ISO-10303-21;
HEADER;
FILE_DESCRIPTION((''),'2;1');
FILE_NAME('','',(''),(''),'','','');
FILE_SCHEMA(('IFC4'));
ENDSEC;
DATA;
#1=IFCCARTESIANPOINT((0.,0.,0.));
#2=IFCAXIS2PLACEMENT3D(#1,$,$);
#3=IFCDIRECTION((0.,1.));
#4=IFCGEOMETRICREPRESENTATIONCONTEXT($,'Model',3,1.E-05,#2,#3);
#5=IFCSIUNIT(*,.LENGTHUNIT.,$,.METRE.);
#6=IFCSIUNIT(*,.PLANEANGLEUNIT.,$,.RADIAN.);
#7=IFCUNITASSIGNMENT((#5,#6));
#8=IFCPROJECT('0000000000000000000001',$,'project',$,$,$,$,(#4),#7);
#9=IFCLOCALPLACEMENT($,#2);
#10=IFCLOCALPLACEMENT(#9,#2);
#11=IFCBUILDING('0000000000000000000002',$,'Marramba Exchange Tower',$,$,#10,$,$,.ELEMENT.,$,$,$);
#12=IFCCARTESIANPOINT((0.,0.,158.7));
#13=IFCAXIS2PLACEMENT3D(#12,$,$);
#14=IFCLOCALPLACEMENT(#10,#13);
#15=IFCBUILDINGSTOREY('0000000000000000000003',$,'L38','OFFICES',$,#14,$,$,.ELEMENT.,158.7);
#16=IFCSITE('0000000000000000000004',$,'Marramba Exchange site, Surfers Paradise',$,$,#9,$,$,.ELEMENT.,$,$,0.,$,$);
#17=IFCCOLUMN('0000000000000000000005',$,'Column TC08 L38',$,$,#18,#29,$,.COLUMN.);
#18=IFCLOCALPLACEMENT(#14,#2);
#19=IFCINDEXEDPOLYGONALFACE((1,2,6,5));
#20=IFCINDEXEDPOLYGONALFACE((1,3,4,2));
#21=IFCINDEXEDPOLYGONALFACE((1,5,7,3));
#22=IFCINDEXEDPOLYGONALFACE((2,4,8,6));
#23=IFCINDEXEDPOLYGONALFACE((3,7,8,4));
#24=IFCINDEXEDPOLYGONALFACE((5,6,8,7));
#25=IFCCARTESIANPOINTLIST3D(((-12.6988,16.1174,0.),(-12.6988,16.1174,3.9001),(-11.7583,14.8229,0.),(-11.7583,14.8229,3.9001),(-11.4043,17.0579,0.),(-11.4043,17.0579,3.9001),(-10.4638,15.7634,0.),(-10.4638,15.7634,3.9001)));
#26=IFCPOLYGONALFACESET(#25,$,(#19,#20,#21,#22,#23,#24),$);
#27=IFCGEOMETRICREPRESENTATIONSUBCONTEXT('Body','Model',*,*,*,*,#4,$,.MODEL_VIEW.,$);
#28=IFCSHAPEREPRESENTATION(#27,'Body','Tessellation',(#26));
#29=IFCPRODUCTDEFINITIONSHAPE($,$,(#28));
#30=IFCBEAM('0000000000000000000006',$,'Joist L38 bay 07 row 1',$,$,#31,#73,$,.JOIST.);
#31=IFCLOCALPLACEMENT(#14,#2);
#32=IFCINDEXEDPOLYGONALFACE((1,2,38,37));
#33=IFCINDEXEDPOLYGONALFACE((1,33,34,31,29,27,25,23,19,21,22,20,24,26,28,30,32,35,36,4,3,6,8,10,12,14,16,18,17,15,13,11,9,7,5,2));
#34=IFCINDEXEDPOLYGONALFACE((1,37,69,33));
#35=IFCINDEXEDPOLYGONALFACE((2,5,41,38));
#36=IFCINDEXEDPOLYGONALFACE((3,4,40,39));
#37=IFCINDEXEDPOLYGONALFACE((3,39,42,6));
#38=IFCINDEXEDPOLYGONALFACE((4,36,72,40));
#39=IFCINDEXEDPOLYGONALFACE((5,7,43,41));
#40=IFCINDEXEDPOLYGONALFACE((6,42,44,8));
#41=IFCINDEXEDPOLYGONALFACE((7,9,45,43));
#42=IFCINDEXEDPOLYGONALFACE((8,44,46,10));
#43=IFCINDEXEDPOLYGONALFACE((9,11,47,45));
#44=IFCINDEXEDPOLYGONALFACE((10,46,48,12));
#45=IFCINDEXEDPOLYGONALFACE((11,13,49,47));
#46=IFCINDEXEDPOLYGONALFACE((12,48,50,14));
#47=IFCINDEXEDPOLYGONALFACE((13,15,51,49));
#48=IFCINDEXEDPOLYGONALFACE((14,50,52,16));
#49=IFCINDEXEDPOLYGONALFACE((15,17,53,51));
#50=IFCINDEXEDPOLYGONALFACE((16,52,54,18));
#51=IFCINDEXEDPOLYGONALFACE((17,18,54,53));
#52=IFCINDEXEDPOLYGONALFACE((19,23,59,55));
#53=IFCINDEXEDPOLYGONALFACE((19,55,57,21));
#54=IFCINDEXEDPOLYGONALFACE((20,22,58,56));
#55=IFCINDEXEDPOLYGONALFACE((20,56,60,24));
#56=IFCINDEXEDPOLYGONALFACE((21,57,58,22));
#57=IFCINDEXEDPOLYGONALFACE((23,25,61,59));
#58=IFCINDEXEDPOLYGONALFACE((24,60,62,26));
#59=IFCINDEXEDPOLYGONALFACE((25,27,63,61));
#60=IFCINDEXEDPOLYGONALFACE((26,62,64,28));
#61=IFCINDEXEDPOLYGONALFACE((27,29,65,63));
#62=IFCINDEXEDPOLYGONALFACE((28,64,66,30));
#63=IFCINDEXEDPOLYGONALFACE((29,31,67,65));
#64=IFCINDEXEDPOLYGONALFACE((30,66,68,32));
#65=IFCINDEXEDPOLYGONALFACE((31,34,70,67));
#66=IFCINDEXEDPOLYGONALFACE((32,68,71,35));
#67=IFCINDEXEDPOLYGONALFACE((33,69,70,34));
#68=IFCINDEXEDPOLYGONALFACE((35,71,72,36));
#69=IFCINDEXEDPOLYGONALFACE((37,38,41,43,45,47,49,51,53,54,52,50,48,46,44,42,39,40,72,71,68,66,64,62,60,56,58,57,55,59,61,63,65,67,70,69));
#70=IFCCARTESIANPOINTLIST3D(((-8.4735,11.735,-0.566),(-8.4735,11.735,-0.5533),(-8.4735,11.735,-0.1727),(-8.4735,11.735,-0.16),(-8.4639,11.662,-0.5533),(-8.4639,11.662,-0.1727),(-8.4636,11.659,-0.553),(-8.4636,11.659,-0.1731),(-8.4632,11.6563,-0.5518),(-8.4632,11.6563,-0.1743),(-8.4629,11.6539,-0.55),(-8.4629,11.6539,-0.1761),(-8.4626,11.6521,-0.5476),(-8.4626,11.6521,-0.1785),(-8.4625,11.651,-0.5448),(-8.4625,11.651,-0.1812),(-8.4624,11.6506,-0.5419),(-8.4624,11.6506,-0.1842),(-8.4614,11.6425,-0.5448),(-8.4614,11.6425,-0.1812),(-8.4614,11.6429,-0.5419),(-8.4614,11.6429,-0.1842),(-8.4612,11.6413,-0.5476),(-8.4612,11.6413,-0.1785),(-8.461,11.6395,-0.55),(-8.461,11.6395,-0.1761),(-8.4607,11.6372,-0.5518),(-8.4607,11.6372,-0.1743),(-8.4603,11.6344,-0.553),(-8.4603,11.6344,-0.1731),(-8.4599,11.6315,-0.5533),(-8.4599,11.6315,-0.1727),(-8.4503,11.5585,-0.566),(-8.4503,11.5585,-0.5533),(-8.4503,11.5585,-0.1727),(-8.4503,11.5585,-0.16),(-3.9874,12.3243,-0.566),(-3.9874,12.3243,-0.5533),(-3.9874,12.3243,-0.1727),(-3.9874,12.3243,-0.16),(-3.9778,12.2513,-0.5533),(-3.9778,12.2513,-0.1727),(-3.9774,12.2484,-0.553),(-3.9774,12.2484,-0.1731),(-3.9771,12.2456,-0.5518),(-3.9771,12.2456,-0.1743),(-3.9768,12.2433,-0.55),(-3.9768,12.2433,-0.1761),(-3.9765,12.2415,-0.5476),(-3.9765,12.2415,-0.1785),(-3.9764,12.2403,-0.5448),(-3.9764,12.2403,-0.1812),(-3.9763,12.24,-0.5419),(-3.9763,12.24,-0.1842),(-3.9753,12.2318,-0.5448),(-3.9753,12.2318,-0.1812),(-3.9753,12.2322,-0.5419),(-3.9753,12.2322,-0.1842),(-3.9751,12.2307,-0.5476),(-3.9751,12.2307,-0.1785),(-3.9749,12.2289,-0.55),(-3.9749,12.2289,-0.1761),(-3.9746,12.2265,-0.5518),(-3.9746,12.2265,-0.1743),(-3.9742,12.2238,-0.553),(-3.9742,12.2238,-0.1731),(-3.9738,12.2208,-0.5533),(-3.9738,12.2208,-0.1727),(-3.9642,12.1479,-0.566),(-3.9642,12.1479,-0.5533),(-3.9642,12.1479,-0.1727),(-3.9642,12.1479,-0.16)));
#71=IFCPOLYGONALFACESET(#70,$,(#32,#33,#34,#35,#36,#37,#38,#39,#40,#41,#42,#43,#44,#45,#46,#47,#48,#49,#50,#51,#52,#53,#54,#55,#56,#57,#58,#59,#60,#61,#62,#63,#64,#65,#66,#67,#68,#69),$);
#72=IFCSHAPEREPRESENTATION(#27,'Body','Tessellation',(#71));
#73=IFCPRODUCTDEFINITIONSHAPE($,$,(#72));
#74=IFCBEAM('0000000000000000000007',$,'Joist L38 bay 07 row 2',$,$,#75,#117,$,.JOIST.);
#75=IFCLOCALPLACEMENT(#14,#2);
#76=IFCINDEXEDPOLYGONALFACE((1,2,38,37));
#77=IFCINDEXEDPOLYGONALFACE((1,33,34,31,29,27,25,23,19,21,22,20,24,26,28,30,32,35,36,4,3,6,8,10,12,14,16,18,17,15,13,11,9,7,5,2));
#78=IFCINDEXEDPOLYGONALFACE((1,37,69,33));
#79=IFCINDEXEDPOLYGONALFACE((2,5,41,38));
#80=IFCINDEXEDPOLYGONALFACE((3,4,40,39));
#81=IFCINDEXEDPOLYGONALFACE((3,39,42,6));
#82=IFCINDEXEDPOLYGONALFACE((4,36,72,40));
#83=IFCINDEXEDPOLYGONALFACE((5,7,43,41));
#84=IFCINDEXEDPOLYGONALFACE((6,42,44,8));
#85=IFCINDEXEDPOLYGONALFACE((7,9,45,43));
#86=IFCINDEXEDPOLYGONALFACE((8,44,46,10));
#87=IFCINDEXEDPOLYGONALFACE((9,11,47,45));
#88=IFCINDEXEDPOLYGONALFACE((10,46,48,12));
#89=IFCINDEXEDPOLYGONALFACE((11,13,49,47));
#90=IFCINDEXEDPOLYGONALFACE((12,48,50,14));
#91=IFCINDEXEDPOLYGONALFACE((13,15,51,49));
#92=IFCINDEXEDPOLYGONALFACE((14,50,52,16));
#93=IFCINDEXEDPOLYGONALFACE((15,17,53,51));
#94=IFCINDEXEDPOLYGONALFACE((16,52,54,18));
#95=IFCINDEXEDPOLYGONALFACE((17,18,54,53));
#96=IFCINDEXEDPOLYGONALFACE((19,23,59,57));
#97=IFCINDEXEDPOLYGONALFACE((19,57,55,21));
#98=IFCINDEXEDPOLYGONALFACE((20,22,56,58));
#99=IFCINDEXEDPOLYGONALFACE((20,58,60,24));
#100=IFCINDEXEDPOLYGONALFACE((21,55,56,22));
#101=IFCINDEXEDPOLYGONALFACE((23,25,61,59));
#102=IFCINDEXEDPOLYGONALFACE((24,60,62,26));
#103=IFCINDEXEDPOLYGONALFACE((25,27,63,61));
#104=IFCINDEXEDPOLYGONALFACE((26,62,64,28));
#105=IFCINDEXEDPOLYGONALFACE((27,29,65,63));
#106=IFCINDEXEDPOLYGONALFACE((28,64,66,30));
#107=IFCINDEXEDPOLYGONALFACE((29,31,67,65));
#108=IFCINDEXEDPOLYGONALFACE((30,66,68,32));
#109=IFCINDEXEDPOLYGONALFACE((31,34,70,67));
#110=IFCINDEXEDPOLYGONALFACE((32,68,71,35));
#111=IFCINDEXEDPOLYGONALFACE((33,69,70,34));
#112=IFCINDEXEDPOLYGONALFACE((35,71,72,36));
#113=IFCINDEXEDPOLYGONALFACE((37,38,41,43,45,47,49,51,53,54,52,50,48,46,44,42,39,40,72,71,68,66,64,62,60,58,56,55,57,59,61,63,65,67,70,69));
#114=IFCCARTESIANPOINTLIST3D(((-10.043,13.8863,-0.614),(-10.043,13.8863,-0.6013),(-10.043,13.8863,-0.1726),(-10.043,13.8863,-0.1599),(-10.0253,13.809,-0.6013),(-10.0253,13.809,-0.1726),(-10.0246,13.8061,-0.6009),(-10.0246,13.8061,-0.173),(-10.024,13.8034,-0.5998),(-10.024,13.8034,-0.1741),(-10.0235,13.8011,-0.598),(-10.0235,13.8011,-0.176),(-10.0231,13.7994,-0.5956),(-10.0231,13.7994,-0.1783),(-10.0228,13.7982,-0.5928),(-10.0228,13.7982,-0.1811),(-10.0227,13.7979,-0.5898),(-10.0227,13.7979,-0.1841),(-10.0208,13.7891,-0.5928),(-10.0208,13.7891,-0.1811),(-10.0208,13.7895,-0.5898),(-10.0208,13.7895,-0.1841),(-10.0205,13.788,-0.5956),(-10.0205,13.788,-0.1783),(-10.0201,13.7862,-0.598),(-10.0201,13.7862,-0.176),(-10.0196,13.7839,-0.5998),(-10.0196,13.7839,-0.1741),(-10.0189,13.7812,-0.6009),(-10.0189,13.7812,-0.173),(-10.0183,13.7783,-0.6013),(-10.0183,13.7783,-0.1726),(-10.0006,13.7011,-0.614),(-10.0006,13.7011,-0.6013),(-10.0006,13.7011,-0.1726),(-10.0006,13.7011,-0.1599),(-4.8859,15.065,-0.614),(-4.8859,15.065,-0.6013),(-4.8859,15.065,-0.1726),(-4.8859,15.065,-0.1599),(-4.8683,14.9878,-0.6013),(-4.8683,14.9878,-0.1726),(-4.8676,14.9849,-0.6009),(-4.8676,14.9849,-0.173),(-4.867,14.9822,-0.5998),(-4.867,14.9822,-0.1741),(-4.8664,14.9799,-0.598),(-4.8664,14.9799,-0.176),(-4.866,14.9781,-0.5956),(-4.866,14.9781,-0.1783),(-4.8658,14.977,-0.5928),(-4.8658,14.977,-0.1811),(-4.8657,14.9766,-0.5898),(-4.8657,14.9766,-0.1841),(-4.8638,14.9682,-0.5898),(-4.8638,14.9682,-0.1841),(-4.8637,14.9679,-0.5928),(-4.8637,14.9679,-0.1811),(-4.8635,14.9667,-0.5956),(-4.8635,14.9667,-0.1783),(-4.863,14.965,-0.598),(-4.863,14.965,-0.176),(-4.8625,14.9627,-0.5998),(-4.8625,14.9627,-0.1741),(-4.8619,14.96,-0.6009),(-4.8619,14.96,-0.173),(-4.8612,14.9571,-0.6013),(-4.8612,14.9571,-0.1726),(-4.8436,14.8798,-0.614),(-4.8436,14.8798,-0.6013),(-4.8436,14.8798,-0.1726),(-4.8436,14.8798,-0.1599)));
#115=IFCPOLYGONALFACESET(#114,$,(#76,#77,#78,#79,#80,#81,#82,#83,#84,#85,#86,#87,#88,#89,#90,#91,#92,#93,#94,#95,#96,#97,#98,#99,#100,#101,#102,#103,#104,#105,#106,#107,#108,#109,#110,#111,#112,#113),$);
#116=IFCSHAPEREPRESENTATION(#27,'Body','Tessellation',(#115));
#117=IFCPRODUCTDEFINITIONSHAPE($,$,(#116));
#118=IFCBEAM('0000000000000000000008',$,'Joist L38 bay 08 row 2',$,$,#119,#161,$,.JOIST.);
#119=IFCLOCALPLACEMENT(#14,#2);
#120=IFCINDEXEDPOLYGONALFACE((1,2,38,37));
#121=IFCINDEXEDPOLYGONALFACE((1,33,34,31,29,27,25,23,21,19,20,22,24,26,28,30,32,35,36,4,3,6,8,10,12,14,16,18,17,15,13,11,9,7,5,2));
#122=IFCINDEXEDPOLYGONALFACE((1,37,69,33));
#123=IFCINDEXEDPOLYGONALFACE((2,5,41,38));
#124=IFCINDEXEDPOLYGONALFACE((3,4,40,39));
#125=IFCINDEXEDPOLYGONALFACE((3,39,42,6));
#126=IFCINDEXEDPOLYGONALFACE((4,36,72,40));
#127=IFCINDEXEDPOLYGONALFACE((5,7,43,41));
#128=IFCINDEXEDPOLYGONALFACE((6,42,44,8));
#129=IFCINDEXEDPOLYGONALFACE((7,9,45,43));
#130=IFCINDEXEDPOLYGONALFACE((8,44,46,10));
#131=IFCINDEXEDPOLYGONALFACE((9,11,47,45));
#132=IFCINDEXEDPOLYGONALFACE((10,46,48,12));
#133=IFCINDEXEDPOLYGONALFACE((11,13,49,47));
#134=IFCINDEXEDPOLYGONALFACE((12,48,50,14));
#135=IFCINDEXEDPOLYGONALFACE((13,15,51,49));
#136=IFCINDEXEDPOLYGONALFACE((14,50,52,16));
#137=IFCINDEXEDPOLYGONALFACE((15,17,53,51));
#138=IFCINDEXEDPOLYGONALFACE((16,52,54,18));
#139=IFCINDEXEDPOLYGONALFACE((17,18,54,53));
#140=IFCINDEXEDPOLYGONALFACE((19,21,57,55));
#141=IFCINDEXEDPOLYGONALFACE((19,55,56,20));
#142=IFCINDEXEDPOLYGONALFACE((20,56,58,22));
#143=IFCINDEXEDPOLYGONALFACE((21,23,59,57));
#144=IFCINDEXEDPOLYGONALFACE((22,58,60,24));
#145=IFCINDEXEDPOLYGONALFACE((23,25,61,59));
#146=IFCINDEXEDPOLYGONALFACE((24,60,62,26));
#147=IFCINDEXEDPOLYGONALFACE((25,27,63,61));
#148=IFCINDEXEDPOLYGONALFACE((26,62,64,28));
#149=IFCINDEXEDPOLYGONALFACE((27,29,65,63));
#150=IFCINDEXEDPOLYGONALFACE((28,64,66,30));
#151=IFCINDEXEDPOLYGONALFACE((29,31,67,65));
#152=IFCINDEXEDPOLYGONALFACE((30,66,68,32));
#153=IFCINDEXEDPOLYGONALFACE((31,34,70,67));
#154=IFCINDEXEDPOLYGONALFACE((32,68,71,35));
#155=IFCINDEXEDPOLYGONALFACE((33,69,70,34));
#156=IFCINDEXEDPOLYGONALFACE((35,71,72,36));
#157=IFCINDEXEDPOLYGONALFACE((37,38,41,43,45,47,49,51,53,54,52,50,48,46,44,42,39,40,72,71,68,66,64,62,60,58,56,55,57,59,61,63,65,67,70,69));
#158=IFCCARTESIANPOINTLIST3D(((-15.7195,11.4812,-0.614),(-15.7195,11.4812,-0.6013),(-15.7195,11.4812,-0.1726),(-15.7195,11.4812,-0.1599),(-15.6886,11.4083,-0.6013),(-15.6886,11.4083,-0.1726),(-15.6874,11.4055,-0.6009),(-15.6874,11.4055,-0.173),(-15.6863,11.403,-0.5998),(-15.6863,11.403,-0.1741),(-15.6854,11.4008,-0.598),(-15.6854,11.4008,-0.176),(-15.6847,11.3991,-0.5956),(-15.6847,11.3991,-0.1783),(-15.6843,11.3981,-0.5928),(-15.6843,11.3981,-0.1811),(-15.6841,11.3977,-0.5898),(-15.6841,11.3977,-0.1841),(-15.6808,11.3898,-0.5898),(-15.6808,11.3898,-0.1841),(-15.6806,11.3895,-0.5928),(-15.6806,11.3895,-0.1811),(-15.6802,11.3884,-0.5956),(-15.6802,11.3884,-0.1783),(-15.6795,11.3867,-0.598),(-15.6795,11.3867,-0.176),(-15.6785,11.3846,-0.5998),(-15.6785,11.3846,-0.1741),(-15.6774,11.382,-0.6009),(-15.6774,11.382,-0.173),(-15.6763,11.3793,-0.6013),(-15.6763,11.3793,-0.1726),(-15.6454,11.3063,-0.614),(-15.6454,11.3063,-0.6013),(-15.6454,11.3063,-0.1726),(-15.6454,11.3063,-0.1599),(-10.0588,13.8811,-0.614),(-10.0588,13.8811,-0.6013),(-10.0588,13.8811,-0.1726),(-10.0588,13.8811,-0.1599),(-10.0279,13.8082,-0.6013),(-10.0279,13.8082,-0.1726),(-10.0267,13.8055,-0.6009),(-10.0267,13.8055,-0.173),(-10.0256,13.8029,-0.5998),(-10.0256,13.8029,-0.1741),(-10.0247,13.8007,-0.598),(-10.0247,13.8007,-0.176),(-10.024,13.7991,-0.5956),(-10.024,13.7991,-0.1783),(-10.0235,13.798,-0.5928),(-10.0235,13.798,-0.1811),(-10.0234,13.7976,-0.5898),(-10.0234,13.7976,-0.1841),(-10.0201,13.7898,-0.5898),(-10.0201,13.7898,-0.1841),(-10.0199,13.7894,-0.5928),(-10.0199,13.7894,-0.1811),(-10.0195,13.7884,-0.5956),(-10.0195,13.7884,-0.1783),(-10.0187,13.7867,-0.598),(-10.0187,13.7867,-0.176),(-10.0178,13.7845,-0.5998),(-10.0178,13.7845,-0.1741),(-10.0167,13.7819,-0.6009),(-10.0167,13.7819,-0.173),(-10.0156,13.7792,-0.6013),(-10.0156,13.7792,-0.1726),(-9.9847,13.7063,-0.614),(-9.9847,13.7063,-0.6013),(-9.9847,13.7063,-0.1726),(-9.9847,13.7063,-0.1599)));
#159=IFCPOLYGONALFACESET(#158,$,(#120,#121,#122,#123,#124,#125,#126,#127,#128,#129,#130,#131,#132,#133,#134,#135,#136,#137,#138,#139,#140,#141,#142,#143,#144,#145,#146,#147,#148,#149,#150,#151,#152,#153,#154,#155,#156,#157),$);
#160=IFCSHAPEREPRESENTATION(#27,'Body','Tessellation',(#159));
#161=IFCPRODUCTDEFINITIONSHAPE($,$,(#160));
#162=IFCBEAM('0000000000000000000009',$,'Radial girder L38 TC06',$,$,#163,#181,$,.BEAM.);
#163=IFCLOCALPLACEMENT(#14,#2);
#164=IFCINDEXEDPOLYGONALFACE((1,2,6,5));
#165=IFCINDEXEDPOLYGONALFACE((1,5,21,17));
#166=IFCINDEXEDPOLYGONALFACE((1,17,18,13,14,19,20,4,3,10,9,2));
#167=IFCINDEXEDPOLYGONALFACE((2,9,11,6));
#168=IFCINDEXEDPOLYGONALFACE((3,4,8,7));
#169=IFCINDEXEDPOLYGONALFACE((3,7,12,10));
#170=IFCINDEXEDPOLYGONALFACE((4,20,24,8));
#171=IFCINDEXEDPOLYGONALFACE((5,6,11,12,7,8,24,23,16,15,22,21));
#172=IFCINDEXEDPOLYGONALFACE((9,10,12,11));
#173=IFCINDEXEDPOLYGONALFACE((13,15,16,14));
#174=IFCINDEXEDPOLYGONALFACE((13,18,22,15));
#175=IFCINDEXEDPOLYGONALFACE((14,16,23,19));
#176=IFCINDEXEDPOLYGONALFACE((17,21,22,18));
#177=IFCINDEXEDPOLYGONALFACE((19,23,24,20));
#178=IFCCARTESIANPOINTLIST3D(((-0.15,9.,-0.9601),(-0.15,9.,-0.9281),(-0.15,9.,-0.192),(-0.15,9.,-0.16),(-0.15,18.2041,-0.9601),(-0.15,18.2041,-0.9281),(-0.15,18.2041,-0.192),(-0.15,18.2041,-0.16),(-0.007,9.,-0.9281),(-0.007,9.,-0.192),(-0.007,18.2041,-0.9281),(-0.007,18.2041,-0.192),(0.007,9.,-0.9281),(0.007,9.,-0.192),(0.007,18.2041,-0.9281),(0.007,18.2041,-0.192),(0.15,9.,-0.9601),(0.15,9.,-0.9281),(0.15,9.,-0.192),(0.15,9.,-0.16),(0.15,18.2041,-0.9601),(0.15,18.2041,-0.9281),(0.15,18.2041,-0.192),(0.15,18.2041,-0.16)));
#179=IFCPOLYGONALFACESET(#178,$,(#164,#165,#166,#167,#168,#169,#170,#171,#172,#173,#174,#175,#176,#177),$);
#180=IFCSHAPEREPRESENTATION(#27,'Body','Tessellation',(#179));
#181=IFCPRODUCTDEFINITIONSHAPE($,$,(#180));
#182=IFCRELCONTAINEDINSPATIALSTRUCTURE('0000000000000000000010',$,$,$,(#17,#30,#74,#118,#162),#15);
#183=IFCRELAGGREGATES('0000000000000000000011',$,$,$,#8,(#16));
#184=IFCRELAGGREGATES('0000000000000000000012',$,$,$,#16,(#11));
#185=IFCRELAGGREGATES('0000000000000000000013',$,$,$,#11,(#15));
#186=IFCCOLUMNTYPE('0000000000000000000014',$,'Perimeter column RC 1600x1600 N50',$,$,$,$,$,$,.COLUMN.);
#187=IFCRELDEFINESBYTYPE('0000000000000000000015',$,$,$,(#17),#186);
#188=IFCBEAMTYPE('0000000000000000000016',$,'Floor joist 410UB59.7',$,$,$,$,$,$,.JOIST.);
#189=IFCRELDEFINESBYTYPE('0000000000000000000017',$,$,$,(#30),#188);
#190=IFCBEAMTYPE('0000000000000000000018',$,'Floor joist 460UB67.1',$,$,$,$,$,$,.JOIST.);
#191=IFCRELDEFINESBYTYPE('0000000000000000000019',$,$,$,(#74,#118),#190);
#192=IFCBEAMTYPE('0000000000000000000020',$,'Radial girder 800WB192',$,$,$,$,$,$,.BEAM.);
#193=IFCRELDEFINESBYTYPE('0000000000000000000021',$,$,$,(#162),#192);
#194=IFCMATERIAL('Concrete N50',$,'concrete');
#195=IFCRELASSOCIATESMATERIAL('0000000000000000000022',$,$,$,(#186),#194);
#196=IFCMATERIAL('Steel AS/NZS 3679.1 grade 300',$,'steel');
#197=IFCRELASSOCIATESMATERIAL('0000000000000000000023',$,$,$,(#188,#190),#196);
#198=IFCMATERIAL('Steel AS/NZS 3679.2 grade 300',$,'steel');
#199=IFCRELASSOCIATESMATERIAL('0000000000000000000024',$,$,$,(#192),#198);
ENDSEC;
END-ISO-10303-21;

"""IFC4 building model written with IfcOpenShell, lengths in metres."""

from ifc_helpers import new_model, si_unit, direction, frame, origin, origin_2d, place, context, subcontext, project, spatial, rectangle, i_section, extrude, material, material_profile, profile_set, type_object, element, save


model = new_model("IFC4")

# Units and contexts
model_context = context("Model", 3, precision=1e-05, world=origin(), true_north=direction((0.0, 1.0)))
body_context = subcontext(model_context, "Body", "Model", "MODEL_VIEW")
ifc_project = project(units=[si_unit("LENGTHUNIT", "METRE"), si_unit("PLANEANGLEUNIT", "RADIAN")], contexts=[model_context])

# Site, building, storey
site_placement = place(None, origin())
site = spatial("IfcSite", under=ifc_project, at=site_placement, Name="Marramba Exchange site, Surfers Paradise", CompositionType="ELEMENT", RefElevation=0.0)
building_placement = place(site_placement, origin())
building = spatial("IfcBuilding", under=site, at=building_placement, Name="Marramba Exchange Tower", CompositionType="ELEMENT")
storey_placement = place(building_placement, frame((0.0, 0.0, 158.7)))
storey = spatial("IfcBuildingStorey", under=building, at=storey_placement, Name="L38", Description="OFFICES", CompositionType="ELEMENT", Elevation=158.7)

# Column
ifc_material_1 = material(Name="Concrete N50", Category="concrete")
ifc_material_profile_1 = material_profile(ifc_material_1, rectangle(XDim=1.6001, YDim=1.6001, at=origin_2d()), Name="RC 1600x1600")
ifc_profile_set_1 = profile_set([ifc_material_profile_1], Name="Concrete N50")
column_type = type_object("IfcColumnType", Name="Perimeter column RC 1600x1600 N50", PredefinedType="COLUMN", material=ifc_profile_set_1)
column_placement = place(storey_placement, frame((-11.5813, 15.9404, 0.0), z_axis=(0.0, 0.0, 1.0), x_axis=(-0.587785, 0.809017, 0.0)))
element("IfcColumn", 1, at=column_placement, inside=storey, type_object=column_type, Name="Column TC08 L38", PredefinedType="COLUMN", context=body_context, shape_type="SweptSolid", body=[
    extrude(rectangle(XDim=1.6001, YDim=1.6001, at=origin_2d()), origin(), (0.0, 0.0, 1.0), 3.9001),
])

# Beams
ifc_material_2 = material(Name="Steel AS/NZS 3679.1 grade 300", Category="steel")
ifc_material_profile_2 = material_profile(ifc_material_2, i_section(OverallWidth=0.178, OverallDepth=0.406, WebThickness=0.0078, FlangeThickness=0.0127, FilletRadius=0.0115, at=origin_2d()), Name="410UB59.7")
ifc_profile_set_2 = profile_set([ifc_material_profile_2], Name="Steel AS/NZS 3679.1 grade 300")
beam_type_1 = type_object("IfcBeamType", Name="Floor joist 410UB59.7", PredefinedType="JOIST", material=ifc_profile_set_2)
beam_1_placement = place(storey_placement, frame((-3.9758, 12.2361, -0.363), z_axis=(-0.991481, -0.130255, 0.0), x_axis=(0.130255, -0.991481, 0.0)))
element("IfcBeam", 2, at=beam_1_placement, inside=storey, type_object=beam_type_1, Name="Joist L38 bay 07 row 1", PredefinedType="JOIST", context=body_context, shape_type="SweptSolid", body=[
    extrude(i_section(OverallWidth=0.178, OverallDepth=0.406, WebThickness=0.0078, FlangeThickness=0.0127, FilletRadius=0.0115, at=origin_2d()), origin(), (0.0, 0.0, 1.0), 4.5247),
])
ifc_material_profile_3 = material_profile(ifc_material_2, i_section(OverallWidth=0.1899, OverallDepth=0.4541, WebThickness=0.0085, FlangeThickness=0.0127, FilletRadius=0.0115, at=origin_2d()), Name="460UB67.1")
ifc_profile_set_3 = profile_set([ifc_material_profile_3], Name="Steel AS/NZS 3679.1 grade 300")
beam_type_2 = type_object("IfcBeamType", Name="Floor joist 460UB67.1", PredefinedType="JOIST", material=ifc_profile_set_3)
beam_2_placement = place(storey_placement, frame((-4.8647, 14.9724, -0.387), z_axis=(-0.97486, -0.22282, 0.0), x_axis=(0.22282, -0.97486, 0.0)))
element("IfcBeam", 3, at=beam_2_placement, inside=storey, type_object=beam_type_2, Name="Joist L38 bay 07 row 2", PredefinedType="JOIST", context=body_context, shape_type="SweptSolid", body=[
    extrude(i_section(OverallWidth=0.1899, OverallDepth=0.4541, WebThickness=0.0085, FlangeThickness=0.0127, FilletRadius=0.0115, at=origin_2d()), origin(), (0.0, 0.0, 1.0), 5.29),
])
beam_3_placement = place(storey_placement, frame((-10.0217, 13.7937, -0.387), z_axis=(-0.920674, -0.390332, 0.0), x_axis=(0.390332, -0.920674, 0.0)))
element("IfcBeam", 4, at=beam_3_placement, inside=storey, type_object=beam_type_2, Name="Joist L38 bay 08 row 2", PredefinedType="JOIST", context=body_context, shape_type="SweptSolid", body=[
    extrude(i_section(OverallWidth=0.1899, OverallDepth=0.4541, WebThickness=0.0085, FlangeThickness=0.0127, FilletRadius=0.0115, at=origin_2d()), origin(), (0.0, 0.0, 1.0), 6.1484),
])
ifc_material_3 = material(Name="Steel AS/NZS 3679.2 grade 300", Category="steel")
ifc_material_profile_4 = material_profile(ifc_material_3, i_section(OverallWidth=0.3, OverallDepth=0.8, WebThickness=0.0139, FlangeThickness=0.032, at=origin_2d()), Name="800WB192")
ifc_profile_set_4 = profile_set([ifc_material_profile_4], Name="Steel AS/NZS 3679.2 grade 300")
beam_type_3 = type_object("IfcBeamType", Name="Radial girder 800WB192", PredefinedType="BEAM", material=ifc_profile_set_4)
beam_4_placement = place(storey_placement, frame((0.0, 9.0, -0.5601), z_axis=(0.0, 1.0, 0.0), x_axis=(-1.0, 0.0, 0.0)))
element("IfcBeam", 5, at=beam_4_placement, inside=storey, type_object=beam_type_3, Name="Radial girder L38 TC06", PredefinedType="BEAM", context=body_context, shape_type="SweptSolid", body=[
    extrude(i_section(OverallWidth=0.3, OverallDepth=0.8, WebThickness=0.0139, FlangeThickness=0.032, at=origin_2d()), origin(), (0.0, 0.0, 1.0), 9.2041),
])

save(model, "model.ifc")
